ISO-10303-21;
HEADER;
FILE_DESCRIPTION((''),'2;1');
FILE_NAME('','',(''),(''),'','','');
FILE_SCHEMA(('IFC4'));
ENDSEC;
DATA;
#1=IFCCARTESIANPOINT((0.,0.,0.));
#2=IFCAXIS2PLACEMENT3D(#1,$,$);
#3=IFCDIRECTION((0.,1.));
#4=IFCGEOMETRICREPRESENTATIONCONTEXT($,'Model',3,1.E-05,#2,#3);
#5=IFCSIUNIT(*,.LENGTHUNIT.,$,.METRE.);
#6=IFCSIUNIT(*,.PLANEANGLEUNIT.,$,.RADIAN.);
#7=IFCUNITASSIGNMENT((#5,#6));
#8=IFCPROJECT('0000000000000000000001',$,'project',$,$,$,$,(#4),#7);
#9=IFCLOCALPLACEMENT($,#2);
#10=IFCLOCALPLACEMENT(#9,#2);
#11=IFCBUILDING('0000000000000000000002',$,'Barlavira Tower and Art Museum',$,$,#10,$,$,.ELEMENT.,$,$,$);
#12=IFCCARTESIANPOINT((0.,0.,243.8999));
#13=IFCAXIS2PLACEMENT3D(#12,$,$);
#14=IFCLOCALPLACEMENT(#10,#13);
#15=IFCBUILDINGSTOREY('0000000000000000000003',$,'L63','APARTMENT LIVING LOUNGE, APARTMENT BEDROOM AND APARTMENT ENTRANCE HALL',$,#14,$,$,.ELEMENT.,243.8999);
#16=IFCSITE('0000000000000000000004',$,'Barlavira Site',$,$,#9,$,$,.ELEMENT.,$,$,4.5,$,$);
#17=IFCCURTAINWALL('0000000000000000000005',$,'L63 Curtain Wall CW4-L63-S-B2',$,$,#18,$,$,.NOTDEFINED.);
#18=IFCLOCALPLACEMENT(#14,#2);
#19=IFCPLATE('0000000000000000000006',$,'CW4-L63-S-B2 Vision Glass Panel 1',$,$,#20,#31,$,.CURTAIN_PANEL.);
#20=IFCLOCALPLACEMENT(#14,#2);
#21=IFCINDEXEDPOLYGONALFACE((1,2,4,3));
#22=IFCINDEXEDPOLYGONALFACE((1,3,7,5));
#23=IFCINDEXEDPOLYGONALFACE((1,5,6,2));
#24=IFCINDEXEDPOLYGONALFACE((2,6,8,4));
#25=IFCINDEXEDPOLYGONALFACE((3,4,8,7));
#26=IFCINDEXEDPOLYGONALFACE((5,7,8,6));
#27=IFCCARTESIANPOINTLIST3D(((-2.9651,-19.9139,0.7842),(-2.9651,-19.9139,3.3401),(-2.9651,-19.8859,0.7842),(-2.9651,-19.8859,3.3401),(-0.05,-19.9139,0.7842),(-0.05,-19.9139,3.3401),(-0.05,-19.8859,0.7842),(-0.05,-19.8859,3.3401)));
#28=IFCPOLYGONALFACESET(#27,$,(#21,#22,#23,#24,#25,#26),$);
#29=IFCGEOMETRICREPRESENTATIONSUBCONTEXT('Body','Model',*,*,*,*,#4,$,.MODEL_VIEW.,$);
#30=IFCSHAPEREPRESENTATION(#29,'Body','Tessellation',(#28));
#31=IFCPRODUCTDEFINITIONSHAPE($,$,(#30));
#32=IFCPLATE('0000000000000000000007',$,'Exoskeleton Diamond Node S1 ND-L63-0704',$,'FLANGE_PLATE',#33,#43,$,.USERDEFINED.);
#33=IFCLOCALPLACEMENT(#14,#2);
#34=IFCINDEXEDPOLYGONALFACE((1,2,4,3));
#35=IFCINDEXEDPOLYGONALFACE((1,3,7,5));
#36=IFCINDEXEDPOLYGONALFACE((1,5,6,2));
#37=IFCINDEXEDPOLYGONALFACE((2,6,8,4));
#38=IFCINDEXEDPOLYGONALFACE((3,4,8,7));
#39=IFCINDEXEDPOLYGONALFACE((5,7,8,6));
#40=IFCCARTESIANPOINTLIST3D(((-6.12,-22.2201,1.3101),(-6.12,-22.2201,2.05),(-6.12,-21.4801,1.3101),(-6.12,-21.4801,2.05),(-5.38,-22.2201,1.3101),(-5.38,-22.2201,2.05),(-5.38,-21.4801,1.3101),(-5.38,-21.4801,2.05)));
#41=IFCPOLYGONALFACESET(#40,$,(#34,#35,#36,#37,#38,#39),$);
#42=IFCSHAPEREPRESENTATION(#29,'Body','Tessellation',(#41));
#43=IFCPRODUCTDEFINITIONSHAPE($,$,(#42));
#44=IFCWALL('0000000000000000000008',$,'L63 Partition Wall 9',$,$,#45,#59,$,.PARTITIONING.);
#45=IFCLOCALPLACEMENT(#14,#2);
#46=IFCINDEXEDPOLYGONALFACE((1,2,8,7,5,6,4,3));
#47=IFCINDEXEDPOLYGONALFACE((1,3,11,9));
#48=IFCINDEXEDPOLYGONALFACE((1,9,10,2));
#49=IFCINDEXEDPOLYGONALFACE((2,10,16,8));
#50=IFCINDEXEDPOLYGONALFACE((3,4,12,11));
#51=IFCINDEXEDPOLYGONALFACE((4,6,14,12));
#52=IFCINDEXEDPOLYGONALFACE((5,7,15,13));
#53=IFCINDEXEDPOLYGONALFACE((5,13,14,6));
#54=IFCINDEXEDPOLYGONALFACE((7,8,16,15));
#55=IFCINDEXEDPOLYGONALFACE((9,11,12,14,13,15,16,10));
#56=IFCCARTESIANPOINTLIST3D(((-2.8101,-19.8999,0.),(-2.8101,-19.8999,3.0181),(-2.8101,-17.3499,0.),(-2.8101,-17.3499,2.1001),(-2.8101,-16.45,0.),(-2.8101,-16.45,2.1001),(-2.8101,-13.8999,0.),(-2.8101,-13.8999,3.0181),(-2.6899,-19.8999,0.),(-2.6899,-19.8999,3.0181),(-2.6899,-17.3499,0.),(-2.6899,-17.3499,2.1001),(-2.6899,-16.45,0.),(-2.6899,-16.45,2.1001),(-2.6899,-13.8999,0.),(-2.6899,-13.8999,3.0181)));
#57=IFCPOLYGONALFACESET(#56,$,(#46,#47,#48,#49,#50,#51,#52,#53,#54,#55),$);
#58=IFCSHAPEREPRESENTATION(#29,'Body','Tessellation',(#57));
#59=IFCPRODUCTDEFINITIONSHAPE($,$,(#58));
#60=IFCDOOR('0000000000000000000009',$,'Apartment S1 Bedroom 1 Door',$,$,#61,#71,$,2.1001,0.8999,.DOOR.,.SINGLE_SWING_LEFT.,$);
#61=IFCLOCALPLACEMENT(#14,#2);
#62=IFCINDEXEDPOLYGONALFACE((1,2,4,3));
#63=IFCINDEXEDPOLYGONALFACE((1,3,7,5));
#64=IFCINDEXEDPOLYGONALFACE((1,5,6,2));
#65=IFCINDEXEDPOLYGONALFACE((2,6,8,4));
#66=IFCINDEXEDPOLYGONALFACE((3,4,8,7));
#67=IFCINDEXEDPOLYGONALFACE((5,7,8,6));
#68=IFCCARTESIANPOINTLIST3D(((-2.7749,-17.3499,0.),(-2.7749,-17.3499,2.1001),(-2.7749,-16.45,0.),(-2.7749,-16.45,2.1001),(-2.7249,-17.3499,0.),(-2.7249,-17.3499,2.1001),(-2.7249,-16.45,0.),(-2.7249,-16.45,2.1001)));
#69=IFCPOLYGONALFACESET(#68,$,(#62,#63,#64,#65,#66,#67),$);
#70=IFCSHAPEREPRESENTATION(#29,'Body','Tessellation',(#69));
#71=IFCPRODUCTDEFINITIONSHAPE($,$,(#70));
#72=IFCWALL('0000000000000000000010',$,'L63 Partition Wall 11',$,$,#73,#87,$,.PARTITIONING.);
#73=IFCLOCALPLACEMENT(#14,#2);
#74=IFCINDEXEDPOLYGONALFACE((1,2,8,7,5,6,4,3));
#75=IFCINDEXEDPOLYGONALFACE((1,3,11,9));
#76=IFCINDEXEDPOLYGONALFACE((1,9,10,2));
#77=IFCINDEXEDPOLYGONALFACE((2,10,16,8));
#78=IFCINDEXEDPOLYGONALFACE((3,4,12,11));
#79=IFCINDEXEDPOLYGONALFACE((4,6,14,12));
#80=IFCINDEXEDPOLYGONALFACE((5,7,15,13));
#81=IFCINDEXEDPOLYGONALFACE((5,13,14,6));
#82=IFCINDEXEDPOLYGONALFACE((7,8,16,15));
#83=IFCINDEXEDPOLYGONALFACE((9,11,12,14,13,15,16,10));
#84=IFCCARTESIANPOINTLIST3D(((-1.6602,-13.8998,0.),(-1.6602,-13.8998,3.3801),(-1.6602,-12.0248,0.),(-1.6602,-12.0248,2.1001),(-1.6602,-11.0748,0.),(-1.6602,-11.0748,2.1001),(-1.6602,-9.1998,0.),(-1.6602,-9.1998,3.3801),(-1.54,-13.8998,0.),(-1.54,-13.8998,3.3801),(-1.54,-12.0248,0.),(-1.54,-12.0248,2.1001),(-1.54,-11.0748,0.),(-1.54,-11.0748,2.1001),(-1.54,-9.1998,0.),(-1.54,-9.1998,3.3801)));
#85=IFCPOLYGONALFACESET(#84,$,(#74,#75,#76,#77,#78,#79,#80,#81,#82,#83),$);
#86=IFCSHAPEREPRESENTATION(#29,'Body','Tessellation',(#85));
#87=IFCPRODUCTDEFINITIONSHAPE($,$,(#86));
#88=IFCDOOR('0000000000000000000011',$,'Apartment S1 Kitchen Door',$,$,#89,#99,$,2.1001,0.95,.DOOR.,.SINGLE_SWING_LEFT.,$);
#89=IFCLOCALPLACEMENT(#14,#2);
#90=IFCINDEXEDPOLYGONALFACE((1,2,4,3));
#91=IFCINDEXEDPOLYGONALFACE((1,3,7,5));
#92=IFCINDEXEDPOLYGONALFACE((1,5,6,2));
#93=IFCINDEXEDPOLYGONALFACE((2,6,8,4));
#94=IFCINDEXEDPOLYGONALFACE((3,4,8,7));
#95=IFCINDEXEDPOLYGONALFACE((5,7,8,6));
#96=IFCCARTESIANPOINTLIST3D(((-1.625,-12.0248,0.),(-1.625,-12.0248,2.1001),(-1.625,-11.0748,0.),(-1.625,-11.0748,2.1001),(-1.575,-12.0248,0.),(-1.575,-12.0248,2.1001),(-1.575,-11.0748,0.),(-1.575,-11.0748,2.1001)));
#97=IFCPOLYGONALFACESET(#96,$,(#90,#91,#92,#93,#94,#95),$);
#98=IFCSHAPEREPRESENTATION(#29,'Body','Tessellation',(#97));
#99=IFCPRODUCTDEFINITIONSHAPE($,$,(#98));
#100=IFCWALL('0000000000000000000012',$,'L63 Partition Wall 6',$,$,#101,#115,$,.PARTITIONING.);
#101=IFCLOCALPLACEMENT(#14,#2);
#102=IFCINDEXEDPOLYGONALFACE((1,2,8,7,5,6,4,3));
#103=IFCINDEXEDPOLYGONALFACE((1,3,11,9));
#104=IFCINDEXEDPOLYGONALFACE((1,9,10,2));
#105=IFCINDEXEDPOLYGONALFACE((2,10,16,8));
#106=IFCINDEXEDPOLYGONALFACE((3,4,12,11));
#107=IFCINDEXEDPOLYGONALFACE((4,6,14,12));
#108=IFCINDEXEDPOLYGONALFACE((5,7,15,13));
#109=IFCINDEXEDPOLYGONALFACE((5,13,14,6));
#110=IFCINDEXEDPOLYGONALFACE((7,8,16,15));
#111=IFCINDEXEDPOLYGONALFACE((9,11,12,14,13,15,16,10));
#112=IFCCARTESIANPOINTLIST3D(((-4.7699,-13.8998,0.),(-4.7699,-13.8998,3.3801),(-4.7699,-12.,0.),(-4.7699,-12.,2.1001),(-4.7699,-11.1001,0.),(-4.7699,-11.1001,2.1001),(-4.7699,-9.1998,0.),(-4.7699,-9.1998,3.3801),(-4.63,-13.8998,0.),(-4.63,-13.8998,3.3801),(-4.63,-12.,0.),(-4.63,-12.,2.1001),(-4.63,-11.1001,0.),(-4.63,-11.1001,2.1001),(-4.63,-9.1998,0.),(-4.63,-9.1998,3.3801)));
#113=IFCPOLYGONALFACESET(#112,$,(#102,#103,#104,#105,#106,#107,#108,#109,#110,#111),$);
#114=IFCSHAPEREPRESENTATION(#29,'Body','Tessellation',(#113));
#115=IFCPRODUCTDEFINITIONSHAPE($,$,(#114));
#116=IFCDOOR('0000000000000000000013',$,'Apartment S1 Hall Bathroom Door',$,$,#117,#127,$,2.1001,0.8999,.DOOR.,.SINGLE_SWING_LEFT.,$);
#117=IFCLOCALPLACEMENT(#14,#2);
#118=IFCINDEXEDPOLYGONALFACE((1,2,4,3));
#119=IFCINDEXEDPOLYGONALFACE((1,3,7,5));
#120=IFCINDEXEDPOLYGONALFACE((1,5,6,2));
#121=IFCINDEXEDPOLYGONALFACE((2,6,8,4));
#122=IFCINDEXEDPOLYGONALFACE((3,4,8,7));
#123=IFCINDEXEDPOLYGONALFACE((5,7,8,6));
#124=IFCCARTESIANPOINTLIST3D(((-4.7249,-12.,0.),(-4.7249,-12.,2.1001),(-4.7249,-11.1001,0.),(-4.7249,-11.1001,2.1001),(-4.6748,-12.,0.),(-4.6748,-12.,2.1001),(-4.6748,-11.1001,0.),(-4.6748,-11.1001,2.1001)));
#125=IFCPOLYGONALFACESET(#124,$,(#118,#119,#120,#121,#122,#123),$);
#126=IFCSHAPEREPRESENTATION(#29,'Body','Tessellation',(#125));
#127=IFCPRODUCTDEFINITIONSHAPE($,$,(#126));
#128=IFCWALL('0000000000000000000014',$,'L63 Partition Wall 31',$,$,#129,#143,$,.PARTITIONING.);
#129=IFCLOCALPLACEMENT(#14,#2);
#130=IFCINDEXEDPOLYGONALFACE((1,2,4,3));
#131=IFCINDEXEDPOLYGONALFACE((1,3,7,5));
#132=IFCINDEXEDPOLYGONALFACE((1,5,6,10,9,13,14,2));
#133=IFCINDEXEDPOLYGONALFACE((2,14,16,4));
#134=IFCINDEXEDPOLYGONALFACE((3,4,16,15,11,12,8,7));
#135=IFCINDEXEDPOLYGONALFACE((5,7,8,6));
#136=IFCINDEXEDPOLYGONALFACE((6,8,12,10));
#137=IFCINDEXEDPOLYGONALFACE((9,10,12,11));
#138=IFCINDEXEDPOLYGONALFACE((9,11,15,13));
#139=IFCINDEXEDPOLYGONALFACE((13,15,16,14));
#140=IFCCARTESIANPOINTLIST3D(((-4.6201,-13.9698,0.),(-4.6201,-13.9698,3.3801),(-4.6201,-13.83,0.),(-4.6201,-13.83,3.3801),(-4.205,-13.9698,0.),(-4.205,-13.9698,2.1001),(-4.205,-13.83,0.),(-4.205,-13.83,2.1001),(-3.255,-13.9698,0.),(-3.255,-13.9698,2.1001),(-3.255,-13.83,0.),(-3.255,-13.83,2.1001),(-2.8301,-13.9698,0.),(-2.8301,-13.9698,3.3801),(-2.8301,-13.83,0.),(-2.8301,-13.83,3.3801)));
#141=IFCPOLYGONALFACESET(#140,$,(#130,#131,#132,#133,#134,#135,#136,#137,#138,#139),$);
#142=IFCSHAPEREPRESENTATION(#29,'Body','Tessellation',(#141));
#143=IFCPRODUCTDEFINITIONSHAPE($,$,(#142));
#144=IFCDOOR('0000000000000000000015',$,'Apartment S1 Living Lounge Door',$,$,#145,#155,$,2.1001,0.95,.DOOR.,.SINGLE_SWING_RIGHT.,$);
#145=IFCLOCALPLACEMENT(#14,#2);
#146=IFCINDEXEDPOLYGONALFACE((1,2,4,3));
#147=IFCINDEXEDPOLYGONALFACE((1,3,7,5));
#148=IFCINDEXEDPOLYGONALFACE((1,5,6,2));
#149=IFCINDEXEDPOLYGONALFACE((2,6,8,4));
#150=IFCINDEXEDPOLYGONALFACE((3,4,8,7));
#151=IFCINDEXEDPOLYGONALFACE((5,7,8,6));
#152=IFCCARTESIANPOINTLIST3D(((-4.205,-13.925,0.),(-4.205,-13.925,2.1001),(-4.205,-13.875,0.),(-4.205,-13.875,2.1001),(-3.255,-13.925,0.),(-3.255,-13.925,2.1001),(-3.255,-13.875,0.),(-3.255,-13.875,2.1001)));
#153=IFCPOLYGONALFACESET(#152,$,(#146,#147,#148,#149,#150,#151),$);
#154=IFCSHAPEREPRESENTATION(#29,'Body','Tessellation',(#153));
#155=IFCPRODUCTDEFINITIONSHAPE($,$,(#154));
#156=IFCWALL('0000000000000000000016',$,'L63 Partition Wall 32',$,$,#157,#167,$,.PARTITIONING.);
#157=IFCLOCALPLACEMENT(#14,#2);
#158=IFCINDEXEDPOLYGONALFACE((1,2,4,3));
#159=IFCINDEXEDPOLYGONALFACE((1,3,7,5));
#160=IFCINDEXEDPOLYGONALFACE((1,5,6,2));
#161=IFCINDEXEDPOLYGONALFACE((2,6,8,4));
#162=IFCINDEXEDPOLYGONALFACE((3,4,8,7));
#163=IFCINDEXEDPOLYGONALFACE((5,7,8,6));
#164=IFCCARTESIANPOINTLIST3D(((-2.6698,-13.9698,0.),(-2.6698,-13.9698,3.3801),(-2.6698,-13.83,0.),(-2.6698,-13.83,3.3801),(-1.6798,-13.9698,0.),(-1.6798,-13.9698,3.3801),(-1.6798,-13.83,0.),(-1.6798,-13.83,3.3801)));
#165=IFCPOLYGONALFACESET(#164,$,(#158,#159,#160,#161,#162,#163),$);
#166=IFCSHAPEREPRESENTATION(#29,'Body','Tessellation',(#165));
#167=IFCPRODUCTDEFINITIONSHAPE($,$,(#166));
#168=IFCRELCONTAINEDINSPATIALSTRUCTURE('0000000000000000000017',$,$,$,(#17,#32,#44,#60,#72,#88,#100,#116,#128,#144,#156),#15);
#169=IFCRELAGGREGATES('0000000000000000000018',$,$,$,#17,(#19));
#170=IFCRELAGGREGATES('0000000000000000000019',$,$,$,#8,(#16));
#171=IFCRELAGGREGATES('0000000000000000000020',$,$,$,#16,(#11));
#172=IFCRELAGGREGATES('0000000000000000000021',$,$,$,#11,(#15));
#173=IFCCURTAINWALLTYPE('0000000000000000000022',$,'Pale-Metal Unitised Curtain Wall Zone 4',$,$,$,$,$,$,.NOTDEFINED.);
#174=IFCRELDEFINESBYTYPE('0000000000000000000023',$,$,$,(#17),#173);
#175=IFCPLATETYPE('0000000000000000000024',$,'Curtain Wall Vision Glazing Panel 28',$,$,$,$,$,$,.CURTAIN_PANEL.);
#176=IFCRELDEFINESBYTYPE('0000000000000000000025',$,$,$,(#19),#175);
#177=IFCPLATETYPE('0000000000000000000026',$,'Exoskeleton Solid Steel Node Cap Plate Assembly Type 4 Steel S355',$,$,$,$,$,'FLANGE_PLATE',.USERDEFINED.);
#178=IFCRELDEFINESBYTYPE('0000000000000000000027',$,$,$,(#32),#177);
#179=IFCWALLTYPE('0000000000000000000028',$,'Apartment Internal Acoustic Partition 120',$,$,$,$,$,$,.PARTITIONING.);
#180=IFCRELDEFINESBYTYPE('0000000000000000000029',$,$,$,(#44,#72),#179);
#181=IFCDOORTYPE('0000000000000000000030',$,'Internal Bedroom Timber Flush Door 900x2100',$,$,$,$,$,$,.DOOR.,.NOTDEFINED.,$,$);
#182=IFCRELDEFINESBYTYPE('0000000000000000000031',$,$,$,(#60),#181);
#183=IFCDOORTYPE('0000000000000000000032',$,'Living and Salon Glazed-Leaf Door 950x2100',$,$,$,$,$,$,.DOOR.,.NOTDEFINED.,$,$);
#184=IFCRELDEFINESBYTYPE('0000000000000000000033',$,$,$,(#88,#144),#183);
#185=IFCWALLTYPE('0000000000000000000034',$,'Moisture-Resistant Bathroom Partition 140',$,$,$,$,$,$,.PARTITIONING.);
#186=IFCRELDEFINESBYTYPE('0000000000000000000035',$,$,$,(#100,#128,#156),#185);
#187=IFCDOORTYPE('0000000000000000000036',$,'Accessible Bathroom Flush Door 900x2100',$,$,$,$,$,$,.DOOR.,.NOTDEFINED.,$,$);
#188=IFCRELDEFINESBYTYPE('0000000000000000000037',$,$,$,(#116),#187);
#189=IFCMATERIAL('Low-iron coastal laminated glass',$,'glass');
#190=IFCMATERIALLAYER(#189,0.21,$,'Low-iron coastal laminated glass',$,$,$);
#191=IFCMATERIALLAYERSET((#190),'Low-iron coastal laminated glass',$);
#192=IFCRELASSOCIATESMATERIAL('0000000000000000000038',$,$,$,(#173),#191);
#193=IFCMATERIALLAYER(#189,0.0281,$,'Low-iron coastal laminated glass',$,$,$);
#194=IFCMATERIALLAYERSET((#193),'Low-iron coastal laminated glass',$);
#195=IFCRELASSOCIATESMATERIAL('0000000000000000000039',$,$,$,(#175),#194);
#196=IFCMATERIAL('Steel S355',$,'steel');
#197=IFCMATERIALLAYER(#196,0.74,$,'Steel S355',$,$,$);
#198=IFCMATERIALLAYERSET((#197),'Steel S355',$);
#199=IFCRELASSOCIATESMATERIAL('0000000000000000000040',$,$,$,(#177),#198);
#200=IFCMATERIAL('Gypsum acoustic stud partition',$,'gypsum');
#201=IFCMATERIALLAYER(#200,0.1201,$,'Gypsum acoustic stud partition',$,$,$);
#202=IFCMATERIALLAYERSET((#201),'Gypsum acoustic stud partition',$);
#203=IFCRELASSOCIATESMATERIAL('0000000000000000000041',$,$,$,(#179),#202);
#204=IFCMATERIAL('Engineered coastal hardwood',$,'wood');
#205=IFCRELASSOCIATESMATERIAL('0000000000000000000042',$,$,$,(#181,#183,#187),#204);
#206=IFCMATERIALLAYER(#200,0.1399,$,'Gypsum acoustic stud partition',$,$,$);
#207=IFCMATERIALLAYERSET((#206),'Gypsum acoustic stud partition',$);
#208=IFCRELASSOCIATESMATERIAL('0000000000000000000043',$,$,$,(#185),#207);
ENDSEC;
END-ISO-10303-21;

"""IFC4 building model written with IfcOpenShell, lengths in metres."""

from ifc_helpers import new_model, si_unit, direction, frame, frame_2d, origin, origin_2d, place, context, subcontext, project, spatial, rectangle, extrude, material, layer, layer_set, type_object, element, fill, aggregate, save


model = new_model("IFC4")

# Units and contexts
model_context = context("Model", 3, precision=1e-05, world=origin(), true_north=direction((0.0, 1.0)))
body_context = subcontext(model_context, "Body", "Model", "MODEL_VIEW")
ifc_project = project(units=[si_unit("LENGTHUNIT", "METRE"), si_unit("PLANEANGLEUNIT", "RADIAN")], contexts=[model_context])

# Site, building, storey
site_placement = place(None, origin())
site = spatial("IfcSite", under=ifc_project, at=site_placement, Name="Barlavira Site", CompositionType="ELEMENT", RefElevation=4.5)
building_placement = place(site_placement, origin())
building = spatial("IfcBuilding", under=site, at=building_placement, Name="Barlavira Tower and Art Museum", CompositionType="ELEMENT")
storey_placement = place(building_placement, frame((0.0, 0.0, 243.8999)))
storey = spatial("IfcBuildingStorey", under=building, at=storey_placement, Name="L63", Description="APARTMENT LIVING LOUNGE, APARTMENT BEDROOM AND APARTMENT ENTRANCE HALL", CompositionType="ELEMENT", Elevation=243.8999)

# Curtain wall, plate
ifc_material_1 = material(Name="Low-iron coastal laminated glass", Category="glass")
ifc_layer_1 = layer(ifc_material_1, 0.21, Name="Low-iron coastal laminated glass")
ifc_layer_set_1 = layer_set([ifc_layer_1], Name="Low-iron coastal laminated glass")
curtain_wall_type = type_object("IfcCurtainWallType", Name="Pale-Metal Unitised Curtain Wall Zone 4", PredefinedType="NOTDEFINED", material=ifc_layer_set_1)
curtain_wall_placement = place(storey_placement, origin())
curtain_wall = element("IfcCurtainWall", 1, at=curtain_wall_placement, inside=storey, type_object=curtain_wall_type, Name="L63 Curtain Wall CW4-L63-S-B2", PredefinedType="NOTDEFINED")
ifc_layer_2 = layer(ifc_material_1, 0.0281, Name="Low-iron coastal laminated glass")
ifc_layer_set_2 = layer_set([ifc_layer_2], Name="Low-iron coastal laminated glass")
plate_type_1 = type_object("IfcPlateType", Name="Curtain Wall Vision Glazing Panel 28", PredefinedType="CURTAIN_PANEL", material=ifc_layer_set_2)
plate_1_placement = place(storey_placement, frame((-1.5076, -19.8999, 0.7842), z_axis=(0.0, 0.0, 1.0), x_axis=(1.0, 0.0, 0.0)))
plate_1 = element("IfcPlate", 2, at=plate_1_placement, type_object=plate_type_1, Name="CW4-L63-S-B2 Vision Glass Panel 1", PredefinedType="CURTAIN_PANEL", context=body_context, shape_type="SweptSolid", body=[
    extrude(rectangle(XDim=2.915, YDim=0.0281, at=origin_2d()), origin(), (0.0, 0.0, 1.0), 2.5559),
])
aggregate(curtain_wall, [plate_1])

# Plate
ifc_material_2 = material(Name="Steel S355", Category="steel")
ifc_layer_3 = layer(ifc_material_2, 0.74, Name="Steel S355")
ifc_layer_set_3 = layer_set([ifc_layer_3], Name="Steel S355")
plate_type_2 = type_object("IfcPlateType", Name="Exoskeleton Solid Steel Node Cap Plate Assembly Type 4 Steel S355", ElementType="FLANGE_PLATE", PredefinedType="USERDEFINED", material=ifc_layer_set_3)
plate_2_placement = place(storey_placement, frame((-5.75, -21.8501, 1.3101), z_axis=(0.0, 0.0, 1.0), x_axis=(1.0, 0.0, 0.0)))
element("IfcPlate", 3, at=plate_2_placement, inside=storey, type_object=plate_type_2, Name="Exoskeleton Diamond Node S1 ND-L63-0704", ObjectType="FLANGE_PLATE", PredefinedType="USERDEFINED", context=body_context, shape_type="SweptSolid", body=[
    extrude(rectangle(XDim=0.74, YDim=0.74, at=origin_2d()), origin(), (0.0, 0.0, 1.0), 0.74),
])

# Walls, openings, doors
ifc_material_3 = material(Name="Gypsum acoustic stud partition", Category="gypsum")
ifc_layer_4 = layer(ifc_material_3, 0.1201, Name="Gypsum acoustic stud partition")
ifc_layer_set_4 = layer_set([ifc_layer_4], Name="Gypsum acoustic stud partition")
wall_type_1 = type_object("IfcWallType", Name="Apartment Internal Acoustic Partition 120", PredefinedType="PARTITIONING", material=ifc_layer_set_4)
wall_1_placement = place(storey_placement, frame((-2.75, -19.8999, 0.0), z_axis=(0.0, 0.0, 1.0), x_axis=(0.0, 1.0, 0.0)))
wall_1 = element("IfcWall", 4, at=wall_1_placement, inside=storey, type_object=wall_type_1, Name="L63 Partition Wall 9", PredefinedType="PARTITIONING", context=body_context, shape_type="SweptSolid", body=[
    extrude(rectangle(XDim=6.0, YDim=0.1201, at=frame_2d((3.0, 0.0))), origin(), (0.0, 0.0, 1.0), 3.0181),
])
opening_1_placement = place(wall_1_placement, frame((2.55, 0.0, 0.0)))
opening_1 = element("IfcOpeningElement", 5, at=opening_1_placement, cuts=wall_1, PredefinedType="OPENING", context=body_context, shape_type="SweptSolid", body=[
    extrude(rectangle(XDim=0.8999, YDim=2.1001, at=frame_2d((0.45, 1.05))), frame((0.0, 0.0701, 0.0), z_axis=(0.0, -1.0, 0.0), x_axis=(1.0, 0.0, 0.0)), (0.0, 0.0, 1.0), 0.1401),
])
ifc_material_4 = material(Name="Engineered coastal hardwood", Category="wood")
door_type_1 = type_object("IfcDoorType", Name="Internal Bedroom Timber Flush Door 900x2100", OperationType="NOTDEFINED", PredefinedType="DOOR", material=ifc_material_4)
door_1_placement = place(opening_1_placement, origin())
door_1 = element("IfcDoor", 6, at=door_1_placement, inside=storey, type_object=door_type_1, Name="Apartment S1 Bedroom 1 Door", OperationType="SINGLE_SWING_LEFT", OverallHeight=2.1001, OverallWidth=0.8999, PredefinedType="DOOR", context=body_context, shape_type="SweptSolid", body=[
    extrude(rectangle(XDim=0.8999, YDim=2.1001, at=frame_2d((0.45, 1.05))), frame((0.0, 0.0249, 0.0), z_axis=(0.0, -1.0, 0.0), x_axis=(1.0, 0.0, 0.0)), (0.0, 0.0, 1.0), 0.05),
])
fill(opening_1, door_1)
wall_2_placement = place(storey_placement, frame((-1.6001, -13.8999, 0.0), z_axis=(0.0, 0.0, 1.0), x_axis=(0.0, 1.0, 0.0)))
wall_2 = element("IfcWall", 7, at=wall_2_placement, inside=storey, type_object=wall_type_1, Name="L63 Partition Wall 11", PredefinedType="PARTITIONING", context=body_context, shape_type="SweptSolid", body=[
    extrude(rectangle(XDim=4.7, YDim=0.1201, at=frame_2d((2.3501, 0.0))), origin(), (0.0, 0.0, 1.0), 3.3801),
])
opening_2_placement = place(wall_2_placement, frame((1.875, 0.0, 0.0)))
opening_2 = element("IfcOpeningElement", 8, at=opening_2_placement, cuts=wall_2, PredefinedType="OPENING", context=body_context, shape_type="SweptSolid", body=[
    extrude(rectangle(XDim=0.95, YDim=2.1001, at=frame_2d((0.4751, 1.05))), frame((0.0, 0.0701, 0.0), z_axis=(0.0, -1.0, 0.0), x_axis=(1.0, 0.0, 0.0)), (0.0, 0.0, 1.0), 0.1401),
])
door_type_2 = type_object("IfcDoorType", Name="Living and Salon Glazed-Leaf Door 950x2100", OperationType="NOTDEFINED", PredefinedType="DOOR", material=ifc_material_4)
door_2_placement = place(opening_2_placement, origin())
door_2 = element("IfcDoor", 9, at=door_2_placement, inside=storey, type_object=door_type_2, Name="Apartment S1 Kitchen Door", OperationType="SINGLE_SWING_LEFT", OverallHeight=2.1001, OverallWidth=0.95, PredefinedType="DOOR", context=body_context, shape_type="SweptSolid", body=[
    extrude(rectangle(XDim=0.95, YDim=2.1001, at=frame_2d((0.4751, 1.05))), frame((0.0, 0.0249, 0.0), z_axis=(0.0, -1.0, 0.0), x_axis=(1.0, 0.0, 0.0)), (0.0, 0.0, 1.0), 0.05),
])
fill(opening_2, door_2)
ifc_layer_5 = layer(ifc_material_3, 0.1399, Name="Gypsum acoustic stud partition")
ifc_layer_set_5 = layer_set([ifc_layer_5], Name="Gypsum acoustic stud partition")
wall_type_2 = type_object("IfcWallType", Name="Moisture-Resistant Bathroom Partition 140", PredefinedType="PARTITIONING", material=ifc_layer_set_5)
wall_3_placement = place(storey_placement, frame((-4.7, -13.8999, 0.0), z_axis=(0.0, 0.0, 1.0), x_axis=(0.0, 1.0, 0.0)))
wall_3 = element("IfcWall", 10, at=wall_3_placement, inside=storey, type_object=wall_type_2, Name="L63 Partition Wall 6", PredefinedType="PARTITIONING", context=body_context, shape_type="SweptSolid", body=[
    extrude(rectangle(XDim=4.7, YDim=0.1399, at=frame_2d((2.3501, 0.0))), origin(), (0.0, 0.0, 1.0), 3.3801),
])
opening_3_placement = place(wall_3_placement, frame((1.8999, 0.0, 0.0)))
opening_3 = element("IfcOpeningElement", 11, at=opening_3_placement, cuts=wall_3, PredefinedType="OPENING", context=body_context, shape_type="SweptSolid", body=[
    extrude(rectangle(XDim=0.8999, YDim=2.1001, at=frame_2d((0.45, 1.05))), frame((0.0, 0.0801, 0.0), z_axis=(0.0, -1.0, 0.0), x_axis=(1.0, 0.0, 0.0)), (0.0, 0.0, 1.0), 0.1599),
])
door_type_3 = type_object("IfcDoorType", Name="Accessible Bathroom Flush Door 900x2100", OperationType="NOTDEFINED", PredefinedType="DOOR", material=ifc_material_4)
door_3_placement = place(opening_3_placement, origin())
door_3 = element("IfcDoor", 12, at=door_3_placement, inside=storey, type_object=door_type_3, Name="Apartment S1 Hall Bathroom Door", OperationType="SINGLE_SWING_LEFT", OverallHeight=2.1001, OverallWidth=0.8999, PredefinedType="DOOR", context=body_context, shape_type="SweptSolid", body=[
    extrude(rectangle(XDim=0.8999, YDim=2.1001, at=frame_2d((0.45, 1.05))), frame((0.0, 0.0249, 0.0), z_axis=(0.0, -1.0, 0.0), x_axis=(1.0, 0.0, 0.0)), (0.0, 0.0, 1.0), 0.05),
])
fill(opening_3, door_3)
wall_4_placement = place(storey_placement, frame((-4.6201, -13.8999, 0.0), z_axis=(0.0, 0.0, 1.0), x_axis=(1.0, 0.0, 0.0)))
wall_4 = element("IfcWall", 13, at=wall_4_placement, inside=storey, type_object=wall_type_2, Name="L63 Partition Wall 31", PredefinedType="PARTITIONING", context=body_context, shape_type="SweptSolid", body=[
    extrude(rectangle(XDim=1.79, YDim=0.1399, at=frame_2d((0.895, 0.0))), origin(), (0.0, 0.0, 1.0), 3.3801),
])
opening_4_placement = place(wall_4_placement, frame((0.415, 0.0, 0.0)))
opening_4 = element("IfcOpeningElement", 14, at=opening_4_placement, cuts=wall_4, PredefinedType="OPENING", context=body_context, shape_type="SweptSolid", body=[
    extrude(rectangle(XDim=0.95, YDim=2.1001, at=frame_2d((0.4751, 1.05))), frame((0.0, 0.0801, 0.0), z_axis=(0.0, -1.0, 0.0), x_axis=(1.0, 0.0, 0.0)), (0.0, 0.0, 1.0), 0.1599),
])
door_4_placement = place(opening_4_placement, origin())
door_4 = element("IfcDoor", 15, at=door_4_placement, inside=storey, type_object=door_type_2, Name="Apartment S1 Living Lounge Door", OperationType="SINGLE_SWING_RIGHT", OverallHeight=2.1001, OverallWidth=0.95, PredefinedType="DOOR", context=body_context, shape_type="SweptSolid", body=[
    extrude(rectangle(XDim=0.95, YDim=2.1001, at=frame_2d((0.4751, 1.05))), frame((0.0, 0.0249, 0.0), z_axis=(0.0, -1.0, 0.0), x_axis=(1.0, 0.0, 0.0)), (0.0, 0.0, 1.0), 0.05),
])
fill(opening_4, door_4)

# Wall
wall_5_placement = place(storey_placement, frame((-2.6699, -13.8999, 0.0), z_axis=(0.0, 0.0, 1.0), x_axis=(1.0, 0.0, 0.0)))
element("IfcWall", 16, at=wall_5_placement, inside=storey, type_object=wall_type_2, Name="L63 Partition Wall 32", PredefinedType="PARTITIONING", context=body_context, shape_type="SweptSolid", body=[
    extrude(rectangle(XDim=0.99, YDim=0.1399, at=frame_2d((0.4951, 0.0))), origin(), (0.0, 0.0, 1.0), 3.3801),
])

save(model, "model.ifc")
